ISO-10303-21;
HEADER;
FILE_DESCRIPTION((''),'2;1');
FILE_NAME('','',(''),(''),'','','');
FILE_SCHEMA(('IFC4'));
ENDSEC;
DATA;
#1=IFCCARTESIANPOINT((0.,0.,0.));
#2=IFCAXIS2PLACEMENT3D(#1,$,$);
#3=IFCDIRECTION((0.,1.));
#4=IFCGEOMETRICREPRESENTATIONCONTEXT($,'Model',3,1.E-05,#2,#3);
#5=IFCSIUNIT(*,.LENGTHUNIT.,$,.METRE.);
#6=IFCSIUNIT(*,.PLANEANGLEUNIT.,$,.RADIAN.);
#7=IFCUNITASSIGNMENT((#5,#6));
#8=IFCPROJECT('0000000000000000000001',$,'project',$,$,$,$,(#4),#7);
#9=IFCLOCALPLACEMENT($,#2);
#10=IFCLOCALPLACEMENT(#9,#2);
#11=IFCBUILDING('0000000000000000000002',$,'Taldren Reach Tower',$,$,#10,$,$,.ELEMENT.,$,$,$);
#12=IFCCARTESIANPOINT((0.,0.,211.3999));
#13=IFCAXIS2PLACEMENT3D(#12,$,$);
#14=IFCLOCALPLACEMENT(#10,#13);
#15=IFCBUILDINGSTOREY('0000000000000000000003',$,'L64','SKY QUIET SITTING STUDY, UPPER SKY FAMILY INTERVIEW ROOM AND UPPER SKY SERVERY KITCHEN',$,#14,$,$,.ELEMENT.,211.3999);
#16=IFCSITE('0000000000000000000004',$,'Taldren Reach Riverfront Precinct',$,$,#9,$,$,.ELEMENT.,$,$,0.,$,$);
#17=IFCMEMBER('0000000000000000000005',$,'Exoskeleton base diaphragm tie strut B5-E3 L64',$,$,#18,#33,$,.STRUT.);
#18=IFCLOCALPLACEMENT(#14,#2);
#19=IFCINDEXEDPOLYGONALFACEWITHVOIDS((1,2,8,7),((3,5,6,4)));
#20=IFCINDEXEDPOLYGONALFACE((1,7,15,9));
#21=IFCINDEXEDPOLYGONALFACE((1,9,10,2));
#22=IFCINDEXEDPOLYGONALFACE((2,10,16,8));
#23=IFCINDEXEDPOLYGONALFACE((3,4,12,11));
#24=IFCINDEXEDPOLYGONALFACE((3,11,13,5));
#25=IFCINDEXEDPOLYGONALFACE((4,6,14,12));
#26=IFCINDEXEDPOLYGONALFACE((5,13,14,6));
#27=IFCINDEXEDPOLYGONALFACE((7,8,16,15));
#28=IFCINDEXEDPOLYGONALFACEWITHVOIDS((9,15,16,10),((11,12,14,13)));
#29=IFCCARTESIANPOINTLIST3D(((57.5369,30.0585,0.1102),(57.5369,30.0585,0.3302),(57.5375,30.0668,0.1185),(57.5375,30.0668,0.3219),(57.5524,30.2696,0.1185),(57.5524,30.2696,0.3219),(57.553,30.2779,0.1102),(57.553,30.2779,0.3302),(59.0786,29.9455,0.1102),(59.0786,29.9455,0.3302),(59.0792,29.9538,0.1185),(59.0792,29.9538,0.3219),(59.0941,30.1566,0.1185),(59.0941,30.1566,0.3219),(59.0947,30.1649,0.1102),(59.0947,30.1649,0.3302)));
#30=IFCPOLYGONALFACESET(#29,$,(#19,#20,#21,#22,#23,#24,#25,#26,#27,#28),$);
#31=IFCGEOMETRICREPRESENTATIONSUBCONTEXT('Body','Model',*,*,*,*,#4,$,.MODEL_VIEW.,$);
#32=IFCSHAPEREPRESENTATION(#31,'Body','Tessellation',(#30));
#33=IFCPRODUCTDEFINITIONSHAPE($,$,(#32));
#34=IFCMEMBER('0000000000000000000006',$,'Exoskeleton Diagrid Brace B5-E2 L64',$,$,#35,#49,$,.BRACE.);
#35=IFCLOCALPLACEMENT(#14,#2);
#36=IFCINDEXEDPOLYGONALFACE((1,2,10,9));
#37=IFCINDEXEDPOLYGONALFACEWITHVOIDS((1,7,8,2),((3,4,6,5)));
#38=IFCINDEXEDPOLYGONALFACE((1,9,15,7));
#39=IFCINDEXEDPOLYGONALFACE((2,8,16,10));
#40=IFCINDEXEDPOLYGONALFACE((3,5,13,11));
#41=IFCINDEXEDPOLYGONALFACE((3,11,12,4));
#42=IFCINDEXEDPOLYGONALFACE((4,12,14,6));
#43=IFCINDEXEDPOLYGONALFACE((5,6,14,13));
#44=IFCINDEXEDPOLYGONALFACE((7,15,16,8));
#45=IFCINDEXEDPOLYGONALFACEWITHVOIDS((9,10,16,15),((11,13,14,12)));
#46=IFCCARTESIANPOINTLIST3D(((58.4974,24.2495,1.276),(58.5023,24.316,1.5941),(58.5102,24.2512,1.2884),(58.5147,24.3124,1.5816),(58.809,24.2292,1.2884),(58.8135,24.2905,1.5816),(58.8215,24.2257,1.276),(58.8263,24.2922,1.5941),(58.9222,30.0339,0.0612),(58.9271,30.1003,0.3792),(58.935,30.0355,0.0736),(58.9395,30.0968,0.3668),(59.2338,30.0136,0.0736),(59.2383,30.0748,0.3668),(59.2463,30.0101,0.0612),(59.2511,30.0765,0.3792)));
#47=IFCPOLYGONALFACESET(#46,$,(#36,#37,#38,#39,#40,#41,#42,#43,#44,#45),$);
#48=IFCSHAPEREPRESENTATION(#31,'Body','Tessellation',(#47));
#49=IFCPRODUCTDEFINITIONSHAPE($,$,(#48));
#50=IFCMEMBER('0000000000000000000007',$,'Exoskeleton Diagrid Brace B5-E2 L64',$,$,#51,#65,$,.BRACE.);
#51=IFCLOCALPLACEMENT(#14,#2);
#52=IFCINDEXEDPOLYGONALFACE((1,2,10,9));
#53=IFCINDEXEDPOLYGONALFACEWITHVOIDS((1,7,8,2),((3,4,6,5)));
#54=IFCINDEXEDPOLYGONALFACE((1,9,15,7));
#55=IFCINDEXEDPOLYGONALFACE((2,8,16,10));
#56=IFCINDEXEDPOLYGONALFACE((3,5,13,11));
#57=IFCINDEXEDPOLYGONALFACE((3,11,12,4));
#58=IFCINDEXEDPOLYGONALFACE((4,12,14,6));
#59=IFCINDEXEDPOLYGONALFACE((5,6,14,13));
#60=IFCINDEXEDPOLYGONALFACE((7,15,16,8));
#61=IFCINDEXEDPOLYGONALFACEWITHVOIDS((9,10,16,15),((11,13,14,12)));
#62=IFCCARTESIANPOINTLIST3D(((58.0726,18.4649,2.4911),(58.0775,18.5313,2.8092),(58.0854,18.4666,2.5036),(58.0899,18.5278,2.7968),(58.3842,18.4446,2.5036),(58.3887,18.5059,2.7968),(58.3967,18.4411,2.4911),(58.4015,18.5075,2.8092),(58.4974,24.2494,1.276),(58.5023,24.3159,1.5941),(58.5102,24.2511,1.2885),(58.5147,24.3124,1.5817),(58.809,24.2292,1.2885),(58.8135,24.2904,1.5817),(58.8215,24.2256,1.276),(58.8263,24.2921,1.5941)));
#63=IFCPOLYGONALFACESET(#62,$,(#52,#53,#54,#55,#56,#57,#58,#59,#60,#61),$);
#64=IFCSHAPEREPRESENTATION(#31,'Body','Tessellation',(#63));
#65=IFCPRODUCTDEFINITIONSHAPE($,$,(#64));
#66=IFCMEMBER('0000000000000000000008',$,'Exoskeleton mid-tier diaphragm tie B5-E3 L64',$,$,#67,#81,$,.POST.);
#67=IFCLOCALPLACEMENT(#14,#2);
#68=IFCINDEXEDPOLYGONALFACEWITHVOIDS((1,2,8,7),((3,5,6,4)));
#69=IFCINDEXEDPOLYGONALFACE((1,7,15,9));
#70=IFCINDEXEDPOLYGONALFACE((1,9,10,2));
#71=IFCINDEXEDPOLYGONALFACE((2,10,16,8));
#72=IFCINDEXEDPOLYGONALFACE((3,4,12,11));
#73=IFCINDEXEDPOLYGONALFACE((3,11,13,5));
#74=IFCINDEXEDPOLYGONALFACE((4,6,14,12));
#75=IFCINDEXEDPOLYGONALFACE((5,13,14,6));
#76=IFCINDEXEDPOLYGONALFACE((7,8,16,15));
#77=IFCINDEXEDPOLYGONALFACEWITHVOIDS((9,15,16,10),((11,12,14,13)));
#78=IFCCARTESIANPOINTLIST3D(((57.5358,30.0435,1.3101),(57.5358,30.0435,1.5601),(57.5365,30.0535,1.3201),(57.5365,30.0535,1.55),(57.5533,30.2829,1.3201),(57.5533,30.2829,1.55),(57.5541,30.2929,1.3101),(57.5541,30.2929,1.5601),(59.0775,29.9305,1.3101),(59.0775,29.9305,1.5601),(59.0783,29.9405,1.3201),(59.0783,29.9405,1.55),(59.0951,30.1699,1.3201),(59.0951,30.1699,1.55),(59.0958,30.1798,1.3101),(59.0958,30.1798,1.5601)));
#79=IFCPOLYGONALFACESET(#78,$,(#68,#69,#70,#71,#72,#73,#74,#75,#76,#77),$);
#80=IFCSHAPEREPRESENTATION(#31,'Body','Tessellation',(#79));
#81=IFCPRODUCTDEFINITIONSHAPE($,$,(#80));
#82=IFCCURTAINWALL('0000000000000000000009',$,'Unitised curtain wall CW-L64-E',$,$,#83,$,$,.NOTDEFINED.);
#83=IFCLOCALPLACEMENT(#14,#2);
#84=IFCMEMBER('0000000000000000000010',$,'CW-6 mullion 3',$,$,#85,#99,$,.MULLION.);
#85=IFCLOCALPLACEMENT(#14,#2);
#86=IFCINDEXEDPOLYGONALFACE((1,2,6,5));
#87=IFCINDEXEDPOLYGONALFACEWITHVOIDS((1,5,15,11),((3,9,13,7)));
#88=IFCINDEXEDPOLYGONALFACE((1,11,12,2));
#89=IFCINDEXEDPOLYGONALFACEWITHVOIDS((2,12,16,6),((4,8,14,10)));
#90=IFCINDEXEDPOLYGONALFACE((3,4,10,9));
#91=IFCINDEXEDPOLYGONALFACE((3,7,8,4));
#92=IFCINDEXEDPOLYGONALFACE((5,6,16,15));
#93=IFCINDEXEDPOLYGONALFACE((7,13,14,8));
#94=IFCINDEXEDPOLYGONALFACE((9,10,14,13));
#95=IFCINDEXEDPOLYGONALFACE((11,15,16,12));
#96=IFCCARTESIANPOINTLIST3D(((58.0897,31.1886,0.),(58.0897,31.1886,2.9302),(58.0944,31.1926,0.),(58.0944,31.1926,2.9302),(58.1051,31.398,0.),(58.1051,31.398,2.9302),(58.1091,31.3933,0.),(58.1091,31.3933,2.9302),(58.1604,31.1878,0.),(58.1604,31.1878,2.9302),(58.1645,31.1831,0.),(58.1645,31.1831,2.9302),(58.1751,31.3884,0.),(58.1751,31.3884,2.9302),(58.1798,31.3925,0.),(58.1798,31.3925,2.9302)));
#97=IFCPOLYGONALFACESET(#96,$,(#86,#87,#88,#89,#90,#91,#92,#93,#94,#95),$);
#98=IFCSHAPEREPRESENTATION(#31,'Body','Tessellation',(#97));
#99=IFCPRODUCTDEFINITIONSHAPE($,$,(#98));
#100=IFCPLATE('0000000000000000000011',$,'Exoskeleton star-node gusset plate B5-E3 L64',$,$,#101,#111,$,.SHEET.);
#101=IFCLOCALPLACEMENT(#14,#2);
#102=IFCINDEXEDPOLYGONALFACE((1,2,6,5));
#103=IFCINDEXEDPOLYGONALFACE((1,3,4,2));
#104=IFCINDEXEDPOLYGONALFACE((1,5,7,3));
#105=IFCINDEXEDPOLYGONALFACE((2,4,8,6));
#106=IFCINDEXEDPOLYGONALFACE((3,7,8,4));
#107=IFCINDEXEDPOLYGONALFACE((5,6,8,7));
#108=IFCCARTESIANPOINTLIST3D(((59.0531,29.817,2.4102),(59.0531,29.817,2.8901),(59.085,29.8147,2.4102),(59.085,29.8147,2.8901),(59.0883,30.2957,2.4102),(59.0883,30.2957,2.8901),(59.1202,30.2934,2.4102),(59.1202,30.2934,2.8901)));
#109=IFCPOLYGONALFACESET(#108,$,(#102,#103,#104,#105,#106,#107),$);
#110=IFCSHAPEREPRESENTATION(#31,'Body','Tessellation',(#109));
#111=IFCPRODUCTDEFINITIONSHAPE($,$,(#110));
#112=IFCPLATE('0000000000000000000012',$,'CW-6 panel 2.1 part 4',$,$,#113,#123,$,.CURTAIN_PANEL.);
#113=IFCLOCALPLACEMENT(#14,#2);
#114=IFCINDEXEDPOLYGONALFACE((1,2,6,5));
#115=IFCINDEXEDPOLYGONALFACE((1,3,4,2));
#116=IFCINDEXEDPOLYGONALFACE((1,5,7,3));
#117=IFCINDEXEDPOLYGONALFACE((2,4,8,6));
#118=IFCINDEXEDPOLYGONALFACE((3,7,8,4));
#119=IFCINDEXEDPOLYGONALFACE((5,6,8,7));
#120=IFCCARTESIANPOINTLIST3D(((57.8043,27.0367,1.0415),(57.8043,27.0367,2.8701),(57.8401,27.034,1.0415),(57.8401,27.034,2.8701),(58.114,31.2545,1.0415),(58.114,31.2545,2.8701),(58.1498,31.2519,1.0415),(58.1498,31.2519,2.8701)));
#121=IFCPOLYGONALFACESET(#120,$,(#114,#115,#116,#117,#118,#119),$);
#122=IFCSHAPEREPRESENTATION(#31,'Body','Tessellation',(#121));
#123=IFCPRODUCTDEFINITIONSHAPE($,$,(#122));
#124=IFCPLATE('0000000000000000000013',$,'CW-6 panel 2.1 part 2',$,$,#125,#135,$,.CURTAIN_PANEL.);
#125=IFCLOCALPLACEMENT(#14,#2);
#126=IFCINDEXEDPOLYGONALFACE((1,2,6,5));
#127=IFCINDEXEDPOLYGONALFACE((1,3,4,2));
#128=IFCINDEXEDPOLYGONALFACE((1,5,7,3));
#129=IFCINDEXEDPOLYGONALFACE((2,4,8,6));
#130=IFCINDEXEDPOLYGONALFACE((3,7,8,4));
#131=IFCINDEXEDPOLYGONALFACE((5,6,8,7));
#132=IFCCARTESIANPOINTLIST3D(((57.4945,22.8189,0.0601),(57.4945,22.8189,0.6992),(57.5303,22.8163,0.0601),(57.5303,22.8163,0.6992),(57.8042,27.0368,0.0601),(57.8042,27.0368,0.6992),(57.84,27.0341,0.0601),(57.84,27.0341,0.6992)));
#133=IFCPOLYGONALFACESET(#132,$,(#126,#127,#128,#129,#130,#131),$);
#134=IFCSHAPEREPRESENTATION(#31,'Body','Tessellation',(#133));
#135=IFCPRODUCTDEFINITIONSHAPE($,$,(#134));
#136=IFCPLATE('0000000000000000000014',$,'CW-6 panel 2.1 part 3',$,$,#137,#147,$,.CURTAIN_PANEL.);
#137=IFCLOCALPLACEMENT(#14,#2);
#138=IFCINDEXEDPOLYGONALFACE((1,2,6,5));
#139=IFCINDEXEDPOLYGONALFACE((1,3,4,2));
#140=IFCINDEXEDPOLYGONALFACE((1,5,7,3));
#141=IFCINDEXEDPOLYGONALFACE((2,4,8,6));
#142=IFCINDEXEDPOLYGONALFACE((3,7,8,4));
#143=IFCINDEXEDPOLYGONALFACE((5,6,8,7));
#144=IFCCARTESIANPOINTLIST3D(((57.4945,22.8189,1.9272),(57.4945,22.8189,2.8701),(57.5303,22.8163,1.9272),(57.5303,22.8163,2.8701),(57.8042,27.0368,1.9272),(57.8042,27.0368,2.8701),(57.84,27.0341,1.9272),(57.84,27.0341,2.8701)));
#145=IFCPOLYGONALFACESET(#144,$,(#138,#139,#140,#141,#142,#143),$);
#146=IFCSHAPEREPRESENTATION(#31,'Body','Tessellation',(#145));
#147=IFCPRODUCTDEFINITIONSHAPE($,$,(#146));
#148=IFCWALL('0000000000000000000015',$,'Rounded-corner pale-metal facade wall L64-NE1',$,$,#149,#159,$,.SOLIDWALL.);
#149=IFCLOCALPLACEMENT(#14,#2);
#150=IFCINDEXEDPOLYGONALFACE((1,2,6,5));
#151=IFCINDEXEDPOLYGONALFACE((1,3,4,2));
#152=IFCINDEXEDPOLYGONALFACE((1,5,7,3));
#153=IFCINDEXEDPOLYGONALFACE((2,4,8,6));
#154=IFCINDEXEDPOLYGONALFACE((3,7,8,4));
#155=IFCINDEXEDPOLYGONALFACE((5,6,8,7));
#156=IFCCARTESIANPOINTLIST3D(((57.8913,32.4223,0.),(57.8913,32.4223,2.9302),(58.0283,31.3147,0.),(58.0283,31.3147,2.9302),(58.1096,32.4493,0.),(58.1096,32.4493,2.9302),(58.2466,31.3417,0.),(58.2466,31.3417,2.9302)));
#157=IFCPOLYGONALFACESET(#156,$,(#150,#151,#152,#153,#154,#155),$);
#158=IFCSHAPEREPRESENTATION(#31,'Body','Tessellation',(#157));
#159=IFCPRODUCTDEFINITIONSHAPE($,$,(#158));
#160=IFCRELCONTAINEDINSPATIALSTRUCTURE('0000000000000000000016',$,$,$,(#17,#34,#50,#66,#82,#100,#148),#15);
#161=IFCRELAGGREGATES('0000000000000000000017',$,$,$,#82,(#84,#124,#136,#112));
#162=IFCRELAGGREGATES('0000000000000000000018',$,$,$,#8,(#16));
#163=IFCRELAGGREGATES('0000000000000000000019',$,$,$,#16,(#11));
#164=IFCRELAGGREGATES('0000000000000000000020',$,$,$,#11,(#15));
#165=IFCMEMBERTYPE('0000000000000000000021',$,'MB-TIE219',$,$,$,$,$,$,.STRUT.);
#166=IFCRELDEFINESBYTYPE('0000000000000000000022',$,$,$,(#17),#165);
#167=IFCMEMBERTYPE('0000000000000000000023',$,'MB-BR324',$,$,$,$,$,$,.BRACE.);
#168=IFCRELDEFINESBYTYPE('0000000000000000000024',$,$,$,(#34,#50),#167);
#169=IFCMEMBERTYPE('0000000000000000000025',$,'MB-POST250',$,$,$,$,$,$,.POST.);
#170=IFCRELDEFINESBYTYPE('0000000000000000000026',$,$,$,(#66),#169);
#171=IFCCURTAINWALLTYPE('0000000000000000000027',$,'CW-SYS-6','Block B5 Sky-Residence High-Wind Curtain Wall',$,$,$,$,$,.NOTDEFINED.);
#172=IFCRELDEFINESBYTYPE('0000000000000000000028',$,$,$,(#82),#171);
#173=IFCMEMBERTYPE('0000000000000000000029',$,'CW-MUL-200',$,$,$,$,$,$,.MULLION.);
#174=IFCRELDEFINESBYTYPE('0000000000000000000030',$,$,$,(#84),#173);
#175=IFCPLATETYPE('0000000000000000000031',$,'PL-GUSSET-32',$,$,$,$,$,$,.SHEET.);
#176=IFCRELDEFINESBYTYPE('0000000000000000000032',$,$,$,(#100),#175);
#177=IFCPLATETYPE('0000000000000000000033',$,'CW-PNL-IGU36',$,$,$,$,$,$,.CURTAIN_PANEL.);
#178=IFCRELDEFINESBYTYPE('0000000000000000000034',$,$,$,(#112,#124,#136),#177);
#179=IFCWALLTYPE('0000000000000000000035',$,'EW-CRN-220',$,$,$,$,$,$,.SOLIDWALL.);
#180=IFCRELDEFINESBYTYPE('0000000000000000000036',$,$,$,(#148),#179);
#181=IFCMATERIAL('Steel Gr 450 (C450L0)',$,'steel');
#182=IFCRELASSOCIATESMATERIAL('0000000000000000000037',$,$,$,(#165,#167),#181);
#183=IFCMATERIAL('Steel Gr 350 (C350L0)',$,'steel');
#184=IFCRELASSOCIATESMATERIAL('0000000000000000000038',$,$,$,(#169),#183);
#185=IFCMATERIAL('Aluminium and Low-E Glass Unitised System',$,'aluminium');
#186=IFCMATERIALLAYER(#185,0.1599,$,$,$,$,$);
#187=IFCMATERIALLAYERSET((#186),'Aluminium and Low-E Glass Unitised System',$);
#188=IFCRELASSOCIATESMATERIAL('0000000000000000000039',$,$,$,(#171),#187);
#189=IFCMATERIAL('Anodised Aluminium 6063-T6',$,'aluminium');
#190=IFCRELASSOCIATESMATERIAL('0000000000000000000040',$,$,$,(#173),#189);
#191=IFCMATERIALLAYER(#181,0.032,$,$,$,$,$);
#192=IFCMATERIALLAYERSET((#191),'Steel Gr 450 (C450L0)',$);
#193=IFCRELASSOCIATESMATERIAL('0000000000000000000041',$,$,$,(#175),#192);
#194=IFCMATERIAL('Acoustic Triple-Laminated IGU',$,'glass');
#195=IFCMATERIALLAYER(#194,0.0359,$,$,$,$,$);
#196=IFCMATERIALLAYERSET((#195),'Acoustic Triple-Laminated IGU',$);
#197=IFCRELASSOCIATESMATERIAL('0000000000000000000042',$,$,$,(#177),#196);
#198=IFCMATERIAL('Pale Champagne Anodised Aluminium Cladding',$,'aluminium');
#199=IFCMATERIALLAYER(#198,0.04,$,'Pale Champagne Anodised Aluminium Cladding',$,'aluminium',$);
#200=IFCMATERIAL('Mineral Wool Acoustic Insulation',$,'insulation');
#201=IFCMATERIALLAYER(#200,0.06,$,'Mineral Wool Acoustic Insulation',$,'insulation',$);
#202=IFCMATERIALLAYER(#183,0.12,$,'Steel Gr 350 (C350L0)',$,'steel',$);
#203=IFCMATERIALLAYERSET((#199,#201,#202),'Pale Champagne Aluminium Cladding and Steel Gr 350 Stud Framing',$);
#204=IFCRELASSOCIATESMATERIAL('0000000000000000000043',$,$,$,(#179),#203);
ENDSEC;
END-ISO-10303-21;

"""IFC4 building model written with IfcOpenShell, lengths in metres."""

from ifc_helpers import new_model, si_unit, direction, frame, frame_2d, origin, origin_2d, place, context, subcontext, project, spatial, rectangle, hollow_rectangle, extrude, source, transform, mapped, material, layer, layer_set, material_profile, profile_set, type_object, element, aggregate, save


model = new_model("IFC4")

# Units and contexts
model_context = context("Model", 3, precision=1e-05, world=origin(), true_north=direction((0.0, 1.0)))
body_context = subcontext(model_context, "Body", "Model", "MODEL_VIEW")
ifc_project = project(units=[si_unit("LENGTHUNIT", "METRE"), si_unit("PLANEANGLEUNIT", "RADIAN")], contexts=[model_context])

# Site, building, storey
site_placement = place(None, origin())
site = spatial("IfcSite", under=ifc_project, at=site_placement, Name="Taldren Reach Riverfront Precinct", CompositionType="ELEMENT", RefElevation=0.0)
building_placement = place(site_placement, origin())
building = spatial("IfcBuilding", under=site, at=building_placement, Name="Taldren Reach Tower", CompositionType="ELEMENT")
storey_placement = place(building_placement, frame((0.0, 0.0, 211.3999)))
storey = spatial("IfcBuildingStorey", under=building, at=storey_placement, Name="L64", Description="SKY QUIET SITTING STUDY, UPPER SKY FAMILY INTERVIEW ROOM AND UPPER SKY SERVERY KITCHEN", CompositionType="ELEMENT", Elevation=211.3999)

# Shared definitions
ifc_material_1 = material(Name="Steel Gr 450 (C450L0)", Category="steel")

# Members
ifc_material_profile_1 = material_profile(ifc_material_1, hollow_rectangle(XDim=0.22, YDim=0.22, WallThickness=0.0083, at=origin_2d()), Name="220x220x8.2SHS")
ifc_profile_set_1 = profile_set([ifc_material_profile_1], Name="Steel Gr 450 (C450L0)")
member_type_1 = type_object("IfcMemberType", Name="MB-TIE219", PredefinedType="STRUT", material=ifc_profile_set_1)
shared_shape_1 = source(origin(), body_context, "Body", "SweptSolid", [
    extrude(hollow_rectangle(XDim=0.22, YDim=0.22, WallThickness=0.0083, at=origin_2d()), origin(), (0.0, 0.0, 1.0), 1.5459),
])
for number, where, z_axis, x_axis, name in (
    (1, (57.5449, 30.1682, 0.2202), (0.997323, -0.073121, 0.0), (0.073121, 0.997323, 0.0), "Exoskeleton base diaphragm tie strut B5-E3 L64"),
):
    element("IfcMember", number, at=place(storey_placement, frame(where, z_axis=z_axis, x_axis=x_axis)), inside=storey, type_object=member_type_1, Name=name, PredefinedType="STRUT", context=body_context, shape_type="MappedRepresentation", body=[
        mapped(shared_shape_1, transform((0.0, 0.0, 0.0), scale=1.0)),
    ])
ifc_material_profile_2 = material_profile(ifc_material_1, hollow_rectangle(XDim=0.325, YDim=0.325, WallThickness=0.0127, at=origin_2d()), Name="325x325x12.7SHS")
ifc_profile_set_2 = profile_set([ifc_material_profile_2], Name="Steel Gr 450 (C450L0)")
member_type_2 = type_object("IfcMemberType", Name="MB-BR324", PredefinedType="BRACE", material=ifc_profile_set_2)
shared_shape_2 = source(origin(), body_context, "Body", "SweptSolid", [
    extrude(hollow_rectangle(XDim=0.325, YDim=0.325, WallThickness=0.0127, at=origin_2d()), origin(), (0.0, 0.0, 1.0), 5.9258),
])
member_1_placement = place(storey_placement, frame((59.0867, 30.0552, 0.2202), z_axis=(-0.071687, -0.976132, 0.205007), x_axis=(0.997314, -0.073242, 0.0)))
element("IfcMember", 2, at=member_1_placement, inside=storey, type_object=member_type_2, Name="Exoskeleton Diagrid Brace B5-E2 L64", PredefinedType="BRACE", context=body_context, shape_type="MappedRepresentation", body=[
    mapped(shared_shape_2, transform((0.0, 0.0, 0.0), scale=1.0)),
])
shared_shape_3 = source(origin(), body_context, "Body", "SweptSolid", [
    extrude(hollow_rectangle(XDim=0.325, YDim=0.325, WallThickness=0.0127, at=origin_2d()), origin(), (0.0, 0.0, 1.0), 5.926),
])
member_2_placement = place(storey_placement, frame((58.6619, 24.2708, 1.4351), z_axis=(-0.071686, -0.976123, 0.205046), x_axis=(0.997314, -0.073242, 0.0)))
element("IfcMember", 3, at=member_2_placement, inside=storey, type_object=member_type_2, Name="Exoskeleton Diagrid Brace B5-E2 L64", PredefinedType="BRACE", context=body_context, shape_type="MappedRepresentation", body=[
    mapped(shared_shape_3, transform((0.0, 0.0, 0.0), scale=1.0)),
])
ifc_material_2 = material(Name="Steel Gr 350 (C350L0)", Category="steel")
ifc_material_profile_3 = material_profile(ifc_material_2, hollow_rectangle(XDim=0.25, YDim=0.25, WallThickness=0.01, at=origin_2d()), Name="250x250x10.0SHS")
ifc_profile_set_3 = profile_set([ifc_material_profile_3], Name="Steel Gr 350 (C350L0)")
member_type_3 = type_object("IfcMemberType", Name="MB-POST250", PredefinedType="POST", material=ifc_profile_set_3)
shared_shape_4 = source(origin(), body_context, "Body", "SweptSolid", [
    extrude(hollow_rectangle(XDim=0.25, YDim=0.25, WallThickness=0.01, at=origin_2d()), origin(), (0.0, 0.0, 1.0), 1.5459),
])
member_3_placement = place(storey_placement, frame((57.5449, 30.1682, 1.4351), z_axis=(0.997323, -0.073121, 0.0), x_axis=(0.073121, 0.997323, 0.0)))
element("IfcMember", 4, at=member_3_placement, inside=storey, type_object=member_type_3, Name="Exoskeleton mid-tier diaphragm tie B5-E3 L64", PredefinedType="POST", context=body_context, shape_type="MappedRepresentation", body=[
    mapped(shared_shape_4, transform((0.0, 0.0, 0.0), scale=1.0)),
])

# Curtain wall, member
ifc_material_3 = material(Name="Aluminium and Low-E Glass Unitised System", Category="aluminium")
ifc_layer_1 = layer(ifc_material_3, 0.1599)
ifc_layer_set_1 = layer_set([ifc_layer_1], Name="Aluminium and Low-E Glass Unitised System")
curtain_wall_type = type_object("IfcCurtainWallType", Name="CW-SYS-6", Description="Block B5 Sky-Residence High-Wind Curtain Wall", PredefinedType="NOTDEFINED", material=ifc_layer_set_1)
curtain_wall_placement = place(storey_placement, origin())
curtain_wall = element("IfcCurtainWall", 5, at=curtain_wall_placement, inside=storey, type_object=curtain_wall_type, Name="Unitised curtain wall CW-L64-E", PredefinedType="NOTDEFINED")
ifc_material_4 = material(Name="Anodised Aluminium 6063-T6", Category="aluminium")
ifc_material_profile_4 = material_profile(ifc_material_4, hollow_rectangle(XDim=0.075, YDim=0.21, WallThickness=0.0044, at=origin_2d()), Name="ALU-210x75x4.5RHS")
ifc_profile_set_4 = profile_set([ifc_material_profile_4], Name="Anodised Aluminium 6063-T6")
member_type_4 = type_object("IfcMemberType", Name="CW-MUL-200", PredefinedType="MULLION", material=ifc_profile_set_4)
shared_shape_5 = source(origin(), body_context, "Body", "SweptSolid", [
    extrude(hollow_rectangle(XDim=0.075, YDim=0.21, WallThickness=0.0044, at=origin_2d()), origin(), (0.0, 0.0, 1.0), 2.9302),
])
member_4_placement = place(storey_placement, frame((58.1348, 31.2905, 0.0), z_axis=(0.0, 0.0, 1.0), x_axis=(-0.997314, 0.073238, 0.0)))
member_4 = element("IfcMember", 6, at=member_4_placement, type_object=member_type_4, Name="CW-6 mullion 3", PredefinedType="MULLION", context=body_context, shape_type="MappedRepresentation", body=[
    mapped(shared_shape_5, transform((0.0, 0.0, 0.0), scale=1.0)),
])

# Plates
ifc_layer_2 = layer(ifc_material_1, 0.032)
ifc_layer_set_2 = layer_set([ifc_layer_2], Name="Steel Gr 450 (C450L0)")
plate_type_1 = type_object("IfcPlateType", Name="PL-GUSSET-32", PredefinedType="SHEET", material=ifc_layer_set_2)
shared_shape_6 = source(origin(), body_context, "Body", "SweptSolid", [
    extrude(rectangle(XDim=0.48, YDim=0.032, at=origin_2d()), origin(), (0.0, 0.0, 1.0), 0.48),
])
plate_1_placement = place(storey_placement, frame((59.0867, 30.0552, 2.4102), z_axis=(0.0, 0.0, 1.0), x_axis=(0.073238, 0.997314, 0.0)))
element("IfcPlate", 7, at=plate_1_placement, inside=storey, type_object=plate_type_1, Name="Exoskeleton star-node gusset plate B5-E3 L64", PredefinedType="SHEET", context=body_context, shape_type="MappedRepresentation", body=[
    mapped(shared_shape_6, transform((0.0, 0.0, 0.0), scale=1.0)),
])
ifc_material_5 = material(Name="Acoustic Triple-Laminated IGU", Category="glass")
ifc_layer_3 = layer(ifc_material_5, 0.0359)
ifc_layer_set_3 = layer_set([ifc_layer_3], Name="Acoustic Triple-Laminated IGU")
plate_type_2 = type_object("IfcPlateType", Name="CW-PNL-IGU36", PredefinedType="CURTAIN_PANEL", material=ifc_layer_set_3)
shared_shape_7 = source(origin(), body_context, "Body", "SweptSolid", [
    extrude(rectangle(XDim=4.2292, YDim=0.0359, at=origin_2d()), origin(), (0.0, 0.0, 1.0), 1.8286),
])
plate_2_placement = place(storey_placement, frame((57.9771, 29.1443, 1.0415), z_axis=(0.0, 0.0, 1.0), x_axis=(0.073238, 0.997314, 0.0)))
plate_2 = element("IfcPlate", 8, at=plate_2_placement, type_object=plate_type_2, Name="CW-6 panel 2.1 part 4", PredefinedType="CURTAIN_PANEL", context=body_context, shape_type="MappedRepresentation", body=[
    mapped(shared_shape_7, transform((0.0, 0.0, 0.0), scale=1.0)),
])
shared_shape_8 = source(origin(), body_context, "Body", "SweptSolid", [
    extrude(rectangle(XDim=4.2292, YDim=0.0359, at=origin_2d()), origin(), (0.0, 0.0, 1.0), 0.6392),
])
plate_3_placement = place(storey_placement, frame((57.6672, 24.9265, 0.0601), z_axis=(0.0, 0.0, 1.0), x_axis=(0.073238, 0.997314, 0.0)))
plate_3 = element("IfcPlate", 9, at=plate_3_placement, type_object=plate_type_2, Name="CW-6 panel 2.1 part 2", PredefinedType="CURTAIN_PANEL", context=body_context, shape_type="MappedRepresentation", body=[
    mapped(shared_shape_8, transform((0.0, 0.0, 0.0), scale=1.0)),
])
shared_shape_9 = source(origin(), body_context, "Body", "SweptSolid", [
    extrude(rectangle(XDim=4.2292, YDim=0.0359, at=origin_2d()), origin(), (0.0, 0.0, 1.0), 0.9429),
])
plate_4_placement = place(storey_placement, frame((57.6672, 24.9265, 1.9272), z_axis=(0.0, 0.0, 1.0), x_axis=(0.073238, 0.997314, 0.0)))
plate_4 = element("IfcPlate", 10, at=plate_4_placement, type_object=plate_type_2, Name="CW-6 panel 2.1 part 3", PredefinedType="CURTAIN_PANEL", context=body_context, shape_type="MappedRepresentation", body=[
    mapped(shared_shape_9, transform((0.0, 0.0, 0.0), scale=1.0)),
])
aggregate(curtain_wall, [member_4, plate_3, plate_4, plate_2])

# Wall
ifc_material_6 = material(Name="Pale Champagne Anodised Aluminium Cladding", Category="aluminium")
ifc_layer_4 = layer(ifc_material_6, 0.04, Name="Pale Champagne Anodised Aluminium Cladding", Category="aluminium")
ifc_material_7 = material(Name="Mineral Wool Acoustic Insulation", Category="insulation")
ifc_layer_5 = layer(ifc_material_7, 0.06, Name="Mineral Wool Acoustic Insulation", Category="insulation")
ifc_layer_6 = layer(ifc_material_2, 0.12, Name="Steel Gr 350 (C350L0)", Category="steel")
ifc_layer_set_4 = layer_set([ifc_layer_4, ifc_layer_5, ifc_layer_6], Name="Pale Champagne Aluminium Cladding and Steel Gr 350 Stud Framing")
wall_type_1 = type_object("IfcWallType", Name="EW-CRN-220", PredefinedType="SOLIDWALL", material=ifc_layer_set_4)
shared_shape_10 = source(origin(), body_context, "Body", "SweptSolid", [
    extrude(rectangle(XDim=1.116, YDim=0.22, at=frame_2d((0.5581, 0.0))), origin(), (0.0, 0.0, 1.0), 2.9302),
])
wall_1_placement = place(storey_placement, frame((58.1375, 31.3281, 0.0), z_axis=(0.0, 0.0, 1.0), x_axis=(-0.122742, 0.992439, 0.0)))
element("IfcWall", 11, at=wall_1_placement, inside=storey, type_object=wall_type_1, Name="Rounded-corner pale-metal facade wall L64-NE1", PredefinedType="SOLIDWALL", context=body_context, shape_type="MappedRepresentation", body=[
    mapped(shared_shape_10, transform((0.0, 0.0, 0.0), scale=1.0)),
])

save(model, "model.ifc")
